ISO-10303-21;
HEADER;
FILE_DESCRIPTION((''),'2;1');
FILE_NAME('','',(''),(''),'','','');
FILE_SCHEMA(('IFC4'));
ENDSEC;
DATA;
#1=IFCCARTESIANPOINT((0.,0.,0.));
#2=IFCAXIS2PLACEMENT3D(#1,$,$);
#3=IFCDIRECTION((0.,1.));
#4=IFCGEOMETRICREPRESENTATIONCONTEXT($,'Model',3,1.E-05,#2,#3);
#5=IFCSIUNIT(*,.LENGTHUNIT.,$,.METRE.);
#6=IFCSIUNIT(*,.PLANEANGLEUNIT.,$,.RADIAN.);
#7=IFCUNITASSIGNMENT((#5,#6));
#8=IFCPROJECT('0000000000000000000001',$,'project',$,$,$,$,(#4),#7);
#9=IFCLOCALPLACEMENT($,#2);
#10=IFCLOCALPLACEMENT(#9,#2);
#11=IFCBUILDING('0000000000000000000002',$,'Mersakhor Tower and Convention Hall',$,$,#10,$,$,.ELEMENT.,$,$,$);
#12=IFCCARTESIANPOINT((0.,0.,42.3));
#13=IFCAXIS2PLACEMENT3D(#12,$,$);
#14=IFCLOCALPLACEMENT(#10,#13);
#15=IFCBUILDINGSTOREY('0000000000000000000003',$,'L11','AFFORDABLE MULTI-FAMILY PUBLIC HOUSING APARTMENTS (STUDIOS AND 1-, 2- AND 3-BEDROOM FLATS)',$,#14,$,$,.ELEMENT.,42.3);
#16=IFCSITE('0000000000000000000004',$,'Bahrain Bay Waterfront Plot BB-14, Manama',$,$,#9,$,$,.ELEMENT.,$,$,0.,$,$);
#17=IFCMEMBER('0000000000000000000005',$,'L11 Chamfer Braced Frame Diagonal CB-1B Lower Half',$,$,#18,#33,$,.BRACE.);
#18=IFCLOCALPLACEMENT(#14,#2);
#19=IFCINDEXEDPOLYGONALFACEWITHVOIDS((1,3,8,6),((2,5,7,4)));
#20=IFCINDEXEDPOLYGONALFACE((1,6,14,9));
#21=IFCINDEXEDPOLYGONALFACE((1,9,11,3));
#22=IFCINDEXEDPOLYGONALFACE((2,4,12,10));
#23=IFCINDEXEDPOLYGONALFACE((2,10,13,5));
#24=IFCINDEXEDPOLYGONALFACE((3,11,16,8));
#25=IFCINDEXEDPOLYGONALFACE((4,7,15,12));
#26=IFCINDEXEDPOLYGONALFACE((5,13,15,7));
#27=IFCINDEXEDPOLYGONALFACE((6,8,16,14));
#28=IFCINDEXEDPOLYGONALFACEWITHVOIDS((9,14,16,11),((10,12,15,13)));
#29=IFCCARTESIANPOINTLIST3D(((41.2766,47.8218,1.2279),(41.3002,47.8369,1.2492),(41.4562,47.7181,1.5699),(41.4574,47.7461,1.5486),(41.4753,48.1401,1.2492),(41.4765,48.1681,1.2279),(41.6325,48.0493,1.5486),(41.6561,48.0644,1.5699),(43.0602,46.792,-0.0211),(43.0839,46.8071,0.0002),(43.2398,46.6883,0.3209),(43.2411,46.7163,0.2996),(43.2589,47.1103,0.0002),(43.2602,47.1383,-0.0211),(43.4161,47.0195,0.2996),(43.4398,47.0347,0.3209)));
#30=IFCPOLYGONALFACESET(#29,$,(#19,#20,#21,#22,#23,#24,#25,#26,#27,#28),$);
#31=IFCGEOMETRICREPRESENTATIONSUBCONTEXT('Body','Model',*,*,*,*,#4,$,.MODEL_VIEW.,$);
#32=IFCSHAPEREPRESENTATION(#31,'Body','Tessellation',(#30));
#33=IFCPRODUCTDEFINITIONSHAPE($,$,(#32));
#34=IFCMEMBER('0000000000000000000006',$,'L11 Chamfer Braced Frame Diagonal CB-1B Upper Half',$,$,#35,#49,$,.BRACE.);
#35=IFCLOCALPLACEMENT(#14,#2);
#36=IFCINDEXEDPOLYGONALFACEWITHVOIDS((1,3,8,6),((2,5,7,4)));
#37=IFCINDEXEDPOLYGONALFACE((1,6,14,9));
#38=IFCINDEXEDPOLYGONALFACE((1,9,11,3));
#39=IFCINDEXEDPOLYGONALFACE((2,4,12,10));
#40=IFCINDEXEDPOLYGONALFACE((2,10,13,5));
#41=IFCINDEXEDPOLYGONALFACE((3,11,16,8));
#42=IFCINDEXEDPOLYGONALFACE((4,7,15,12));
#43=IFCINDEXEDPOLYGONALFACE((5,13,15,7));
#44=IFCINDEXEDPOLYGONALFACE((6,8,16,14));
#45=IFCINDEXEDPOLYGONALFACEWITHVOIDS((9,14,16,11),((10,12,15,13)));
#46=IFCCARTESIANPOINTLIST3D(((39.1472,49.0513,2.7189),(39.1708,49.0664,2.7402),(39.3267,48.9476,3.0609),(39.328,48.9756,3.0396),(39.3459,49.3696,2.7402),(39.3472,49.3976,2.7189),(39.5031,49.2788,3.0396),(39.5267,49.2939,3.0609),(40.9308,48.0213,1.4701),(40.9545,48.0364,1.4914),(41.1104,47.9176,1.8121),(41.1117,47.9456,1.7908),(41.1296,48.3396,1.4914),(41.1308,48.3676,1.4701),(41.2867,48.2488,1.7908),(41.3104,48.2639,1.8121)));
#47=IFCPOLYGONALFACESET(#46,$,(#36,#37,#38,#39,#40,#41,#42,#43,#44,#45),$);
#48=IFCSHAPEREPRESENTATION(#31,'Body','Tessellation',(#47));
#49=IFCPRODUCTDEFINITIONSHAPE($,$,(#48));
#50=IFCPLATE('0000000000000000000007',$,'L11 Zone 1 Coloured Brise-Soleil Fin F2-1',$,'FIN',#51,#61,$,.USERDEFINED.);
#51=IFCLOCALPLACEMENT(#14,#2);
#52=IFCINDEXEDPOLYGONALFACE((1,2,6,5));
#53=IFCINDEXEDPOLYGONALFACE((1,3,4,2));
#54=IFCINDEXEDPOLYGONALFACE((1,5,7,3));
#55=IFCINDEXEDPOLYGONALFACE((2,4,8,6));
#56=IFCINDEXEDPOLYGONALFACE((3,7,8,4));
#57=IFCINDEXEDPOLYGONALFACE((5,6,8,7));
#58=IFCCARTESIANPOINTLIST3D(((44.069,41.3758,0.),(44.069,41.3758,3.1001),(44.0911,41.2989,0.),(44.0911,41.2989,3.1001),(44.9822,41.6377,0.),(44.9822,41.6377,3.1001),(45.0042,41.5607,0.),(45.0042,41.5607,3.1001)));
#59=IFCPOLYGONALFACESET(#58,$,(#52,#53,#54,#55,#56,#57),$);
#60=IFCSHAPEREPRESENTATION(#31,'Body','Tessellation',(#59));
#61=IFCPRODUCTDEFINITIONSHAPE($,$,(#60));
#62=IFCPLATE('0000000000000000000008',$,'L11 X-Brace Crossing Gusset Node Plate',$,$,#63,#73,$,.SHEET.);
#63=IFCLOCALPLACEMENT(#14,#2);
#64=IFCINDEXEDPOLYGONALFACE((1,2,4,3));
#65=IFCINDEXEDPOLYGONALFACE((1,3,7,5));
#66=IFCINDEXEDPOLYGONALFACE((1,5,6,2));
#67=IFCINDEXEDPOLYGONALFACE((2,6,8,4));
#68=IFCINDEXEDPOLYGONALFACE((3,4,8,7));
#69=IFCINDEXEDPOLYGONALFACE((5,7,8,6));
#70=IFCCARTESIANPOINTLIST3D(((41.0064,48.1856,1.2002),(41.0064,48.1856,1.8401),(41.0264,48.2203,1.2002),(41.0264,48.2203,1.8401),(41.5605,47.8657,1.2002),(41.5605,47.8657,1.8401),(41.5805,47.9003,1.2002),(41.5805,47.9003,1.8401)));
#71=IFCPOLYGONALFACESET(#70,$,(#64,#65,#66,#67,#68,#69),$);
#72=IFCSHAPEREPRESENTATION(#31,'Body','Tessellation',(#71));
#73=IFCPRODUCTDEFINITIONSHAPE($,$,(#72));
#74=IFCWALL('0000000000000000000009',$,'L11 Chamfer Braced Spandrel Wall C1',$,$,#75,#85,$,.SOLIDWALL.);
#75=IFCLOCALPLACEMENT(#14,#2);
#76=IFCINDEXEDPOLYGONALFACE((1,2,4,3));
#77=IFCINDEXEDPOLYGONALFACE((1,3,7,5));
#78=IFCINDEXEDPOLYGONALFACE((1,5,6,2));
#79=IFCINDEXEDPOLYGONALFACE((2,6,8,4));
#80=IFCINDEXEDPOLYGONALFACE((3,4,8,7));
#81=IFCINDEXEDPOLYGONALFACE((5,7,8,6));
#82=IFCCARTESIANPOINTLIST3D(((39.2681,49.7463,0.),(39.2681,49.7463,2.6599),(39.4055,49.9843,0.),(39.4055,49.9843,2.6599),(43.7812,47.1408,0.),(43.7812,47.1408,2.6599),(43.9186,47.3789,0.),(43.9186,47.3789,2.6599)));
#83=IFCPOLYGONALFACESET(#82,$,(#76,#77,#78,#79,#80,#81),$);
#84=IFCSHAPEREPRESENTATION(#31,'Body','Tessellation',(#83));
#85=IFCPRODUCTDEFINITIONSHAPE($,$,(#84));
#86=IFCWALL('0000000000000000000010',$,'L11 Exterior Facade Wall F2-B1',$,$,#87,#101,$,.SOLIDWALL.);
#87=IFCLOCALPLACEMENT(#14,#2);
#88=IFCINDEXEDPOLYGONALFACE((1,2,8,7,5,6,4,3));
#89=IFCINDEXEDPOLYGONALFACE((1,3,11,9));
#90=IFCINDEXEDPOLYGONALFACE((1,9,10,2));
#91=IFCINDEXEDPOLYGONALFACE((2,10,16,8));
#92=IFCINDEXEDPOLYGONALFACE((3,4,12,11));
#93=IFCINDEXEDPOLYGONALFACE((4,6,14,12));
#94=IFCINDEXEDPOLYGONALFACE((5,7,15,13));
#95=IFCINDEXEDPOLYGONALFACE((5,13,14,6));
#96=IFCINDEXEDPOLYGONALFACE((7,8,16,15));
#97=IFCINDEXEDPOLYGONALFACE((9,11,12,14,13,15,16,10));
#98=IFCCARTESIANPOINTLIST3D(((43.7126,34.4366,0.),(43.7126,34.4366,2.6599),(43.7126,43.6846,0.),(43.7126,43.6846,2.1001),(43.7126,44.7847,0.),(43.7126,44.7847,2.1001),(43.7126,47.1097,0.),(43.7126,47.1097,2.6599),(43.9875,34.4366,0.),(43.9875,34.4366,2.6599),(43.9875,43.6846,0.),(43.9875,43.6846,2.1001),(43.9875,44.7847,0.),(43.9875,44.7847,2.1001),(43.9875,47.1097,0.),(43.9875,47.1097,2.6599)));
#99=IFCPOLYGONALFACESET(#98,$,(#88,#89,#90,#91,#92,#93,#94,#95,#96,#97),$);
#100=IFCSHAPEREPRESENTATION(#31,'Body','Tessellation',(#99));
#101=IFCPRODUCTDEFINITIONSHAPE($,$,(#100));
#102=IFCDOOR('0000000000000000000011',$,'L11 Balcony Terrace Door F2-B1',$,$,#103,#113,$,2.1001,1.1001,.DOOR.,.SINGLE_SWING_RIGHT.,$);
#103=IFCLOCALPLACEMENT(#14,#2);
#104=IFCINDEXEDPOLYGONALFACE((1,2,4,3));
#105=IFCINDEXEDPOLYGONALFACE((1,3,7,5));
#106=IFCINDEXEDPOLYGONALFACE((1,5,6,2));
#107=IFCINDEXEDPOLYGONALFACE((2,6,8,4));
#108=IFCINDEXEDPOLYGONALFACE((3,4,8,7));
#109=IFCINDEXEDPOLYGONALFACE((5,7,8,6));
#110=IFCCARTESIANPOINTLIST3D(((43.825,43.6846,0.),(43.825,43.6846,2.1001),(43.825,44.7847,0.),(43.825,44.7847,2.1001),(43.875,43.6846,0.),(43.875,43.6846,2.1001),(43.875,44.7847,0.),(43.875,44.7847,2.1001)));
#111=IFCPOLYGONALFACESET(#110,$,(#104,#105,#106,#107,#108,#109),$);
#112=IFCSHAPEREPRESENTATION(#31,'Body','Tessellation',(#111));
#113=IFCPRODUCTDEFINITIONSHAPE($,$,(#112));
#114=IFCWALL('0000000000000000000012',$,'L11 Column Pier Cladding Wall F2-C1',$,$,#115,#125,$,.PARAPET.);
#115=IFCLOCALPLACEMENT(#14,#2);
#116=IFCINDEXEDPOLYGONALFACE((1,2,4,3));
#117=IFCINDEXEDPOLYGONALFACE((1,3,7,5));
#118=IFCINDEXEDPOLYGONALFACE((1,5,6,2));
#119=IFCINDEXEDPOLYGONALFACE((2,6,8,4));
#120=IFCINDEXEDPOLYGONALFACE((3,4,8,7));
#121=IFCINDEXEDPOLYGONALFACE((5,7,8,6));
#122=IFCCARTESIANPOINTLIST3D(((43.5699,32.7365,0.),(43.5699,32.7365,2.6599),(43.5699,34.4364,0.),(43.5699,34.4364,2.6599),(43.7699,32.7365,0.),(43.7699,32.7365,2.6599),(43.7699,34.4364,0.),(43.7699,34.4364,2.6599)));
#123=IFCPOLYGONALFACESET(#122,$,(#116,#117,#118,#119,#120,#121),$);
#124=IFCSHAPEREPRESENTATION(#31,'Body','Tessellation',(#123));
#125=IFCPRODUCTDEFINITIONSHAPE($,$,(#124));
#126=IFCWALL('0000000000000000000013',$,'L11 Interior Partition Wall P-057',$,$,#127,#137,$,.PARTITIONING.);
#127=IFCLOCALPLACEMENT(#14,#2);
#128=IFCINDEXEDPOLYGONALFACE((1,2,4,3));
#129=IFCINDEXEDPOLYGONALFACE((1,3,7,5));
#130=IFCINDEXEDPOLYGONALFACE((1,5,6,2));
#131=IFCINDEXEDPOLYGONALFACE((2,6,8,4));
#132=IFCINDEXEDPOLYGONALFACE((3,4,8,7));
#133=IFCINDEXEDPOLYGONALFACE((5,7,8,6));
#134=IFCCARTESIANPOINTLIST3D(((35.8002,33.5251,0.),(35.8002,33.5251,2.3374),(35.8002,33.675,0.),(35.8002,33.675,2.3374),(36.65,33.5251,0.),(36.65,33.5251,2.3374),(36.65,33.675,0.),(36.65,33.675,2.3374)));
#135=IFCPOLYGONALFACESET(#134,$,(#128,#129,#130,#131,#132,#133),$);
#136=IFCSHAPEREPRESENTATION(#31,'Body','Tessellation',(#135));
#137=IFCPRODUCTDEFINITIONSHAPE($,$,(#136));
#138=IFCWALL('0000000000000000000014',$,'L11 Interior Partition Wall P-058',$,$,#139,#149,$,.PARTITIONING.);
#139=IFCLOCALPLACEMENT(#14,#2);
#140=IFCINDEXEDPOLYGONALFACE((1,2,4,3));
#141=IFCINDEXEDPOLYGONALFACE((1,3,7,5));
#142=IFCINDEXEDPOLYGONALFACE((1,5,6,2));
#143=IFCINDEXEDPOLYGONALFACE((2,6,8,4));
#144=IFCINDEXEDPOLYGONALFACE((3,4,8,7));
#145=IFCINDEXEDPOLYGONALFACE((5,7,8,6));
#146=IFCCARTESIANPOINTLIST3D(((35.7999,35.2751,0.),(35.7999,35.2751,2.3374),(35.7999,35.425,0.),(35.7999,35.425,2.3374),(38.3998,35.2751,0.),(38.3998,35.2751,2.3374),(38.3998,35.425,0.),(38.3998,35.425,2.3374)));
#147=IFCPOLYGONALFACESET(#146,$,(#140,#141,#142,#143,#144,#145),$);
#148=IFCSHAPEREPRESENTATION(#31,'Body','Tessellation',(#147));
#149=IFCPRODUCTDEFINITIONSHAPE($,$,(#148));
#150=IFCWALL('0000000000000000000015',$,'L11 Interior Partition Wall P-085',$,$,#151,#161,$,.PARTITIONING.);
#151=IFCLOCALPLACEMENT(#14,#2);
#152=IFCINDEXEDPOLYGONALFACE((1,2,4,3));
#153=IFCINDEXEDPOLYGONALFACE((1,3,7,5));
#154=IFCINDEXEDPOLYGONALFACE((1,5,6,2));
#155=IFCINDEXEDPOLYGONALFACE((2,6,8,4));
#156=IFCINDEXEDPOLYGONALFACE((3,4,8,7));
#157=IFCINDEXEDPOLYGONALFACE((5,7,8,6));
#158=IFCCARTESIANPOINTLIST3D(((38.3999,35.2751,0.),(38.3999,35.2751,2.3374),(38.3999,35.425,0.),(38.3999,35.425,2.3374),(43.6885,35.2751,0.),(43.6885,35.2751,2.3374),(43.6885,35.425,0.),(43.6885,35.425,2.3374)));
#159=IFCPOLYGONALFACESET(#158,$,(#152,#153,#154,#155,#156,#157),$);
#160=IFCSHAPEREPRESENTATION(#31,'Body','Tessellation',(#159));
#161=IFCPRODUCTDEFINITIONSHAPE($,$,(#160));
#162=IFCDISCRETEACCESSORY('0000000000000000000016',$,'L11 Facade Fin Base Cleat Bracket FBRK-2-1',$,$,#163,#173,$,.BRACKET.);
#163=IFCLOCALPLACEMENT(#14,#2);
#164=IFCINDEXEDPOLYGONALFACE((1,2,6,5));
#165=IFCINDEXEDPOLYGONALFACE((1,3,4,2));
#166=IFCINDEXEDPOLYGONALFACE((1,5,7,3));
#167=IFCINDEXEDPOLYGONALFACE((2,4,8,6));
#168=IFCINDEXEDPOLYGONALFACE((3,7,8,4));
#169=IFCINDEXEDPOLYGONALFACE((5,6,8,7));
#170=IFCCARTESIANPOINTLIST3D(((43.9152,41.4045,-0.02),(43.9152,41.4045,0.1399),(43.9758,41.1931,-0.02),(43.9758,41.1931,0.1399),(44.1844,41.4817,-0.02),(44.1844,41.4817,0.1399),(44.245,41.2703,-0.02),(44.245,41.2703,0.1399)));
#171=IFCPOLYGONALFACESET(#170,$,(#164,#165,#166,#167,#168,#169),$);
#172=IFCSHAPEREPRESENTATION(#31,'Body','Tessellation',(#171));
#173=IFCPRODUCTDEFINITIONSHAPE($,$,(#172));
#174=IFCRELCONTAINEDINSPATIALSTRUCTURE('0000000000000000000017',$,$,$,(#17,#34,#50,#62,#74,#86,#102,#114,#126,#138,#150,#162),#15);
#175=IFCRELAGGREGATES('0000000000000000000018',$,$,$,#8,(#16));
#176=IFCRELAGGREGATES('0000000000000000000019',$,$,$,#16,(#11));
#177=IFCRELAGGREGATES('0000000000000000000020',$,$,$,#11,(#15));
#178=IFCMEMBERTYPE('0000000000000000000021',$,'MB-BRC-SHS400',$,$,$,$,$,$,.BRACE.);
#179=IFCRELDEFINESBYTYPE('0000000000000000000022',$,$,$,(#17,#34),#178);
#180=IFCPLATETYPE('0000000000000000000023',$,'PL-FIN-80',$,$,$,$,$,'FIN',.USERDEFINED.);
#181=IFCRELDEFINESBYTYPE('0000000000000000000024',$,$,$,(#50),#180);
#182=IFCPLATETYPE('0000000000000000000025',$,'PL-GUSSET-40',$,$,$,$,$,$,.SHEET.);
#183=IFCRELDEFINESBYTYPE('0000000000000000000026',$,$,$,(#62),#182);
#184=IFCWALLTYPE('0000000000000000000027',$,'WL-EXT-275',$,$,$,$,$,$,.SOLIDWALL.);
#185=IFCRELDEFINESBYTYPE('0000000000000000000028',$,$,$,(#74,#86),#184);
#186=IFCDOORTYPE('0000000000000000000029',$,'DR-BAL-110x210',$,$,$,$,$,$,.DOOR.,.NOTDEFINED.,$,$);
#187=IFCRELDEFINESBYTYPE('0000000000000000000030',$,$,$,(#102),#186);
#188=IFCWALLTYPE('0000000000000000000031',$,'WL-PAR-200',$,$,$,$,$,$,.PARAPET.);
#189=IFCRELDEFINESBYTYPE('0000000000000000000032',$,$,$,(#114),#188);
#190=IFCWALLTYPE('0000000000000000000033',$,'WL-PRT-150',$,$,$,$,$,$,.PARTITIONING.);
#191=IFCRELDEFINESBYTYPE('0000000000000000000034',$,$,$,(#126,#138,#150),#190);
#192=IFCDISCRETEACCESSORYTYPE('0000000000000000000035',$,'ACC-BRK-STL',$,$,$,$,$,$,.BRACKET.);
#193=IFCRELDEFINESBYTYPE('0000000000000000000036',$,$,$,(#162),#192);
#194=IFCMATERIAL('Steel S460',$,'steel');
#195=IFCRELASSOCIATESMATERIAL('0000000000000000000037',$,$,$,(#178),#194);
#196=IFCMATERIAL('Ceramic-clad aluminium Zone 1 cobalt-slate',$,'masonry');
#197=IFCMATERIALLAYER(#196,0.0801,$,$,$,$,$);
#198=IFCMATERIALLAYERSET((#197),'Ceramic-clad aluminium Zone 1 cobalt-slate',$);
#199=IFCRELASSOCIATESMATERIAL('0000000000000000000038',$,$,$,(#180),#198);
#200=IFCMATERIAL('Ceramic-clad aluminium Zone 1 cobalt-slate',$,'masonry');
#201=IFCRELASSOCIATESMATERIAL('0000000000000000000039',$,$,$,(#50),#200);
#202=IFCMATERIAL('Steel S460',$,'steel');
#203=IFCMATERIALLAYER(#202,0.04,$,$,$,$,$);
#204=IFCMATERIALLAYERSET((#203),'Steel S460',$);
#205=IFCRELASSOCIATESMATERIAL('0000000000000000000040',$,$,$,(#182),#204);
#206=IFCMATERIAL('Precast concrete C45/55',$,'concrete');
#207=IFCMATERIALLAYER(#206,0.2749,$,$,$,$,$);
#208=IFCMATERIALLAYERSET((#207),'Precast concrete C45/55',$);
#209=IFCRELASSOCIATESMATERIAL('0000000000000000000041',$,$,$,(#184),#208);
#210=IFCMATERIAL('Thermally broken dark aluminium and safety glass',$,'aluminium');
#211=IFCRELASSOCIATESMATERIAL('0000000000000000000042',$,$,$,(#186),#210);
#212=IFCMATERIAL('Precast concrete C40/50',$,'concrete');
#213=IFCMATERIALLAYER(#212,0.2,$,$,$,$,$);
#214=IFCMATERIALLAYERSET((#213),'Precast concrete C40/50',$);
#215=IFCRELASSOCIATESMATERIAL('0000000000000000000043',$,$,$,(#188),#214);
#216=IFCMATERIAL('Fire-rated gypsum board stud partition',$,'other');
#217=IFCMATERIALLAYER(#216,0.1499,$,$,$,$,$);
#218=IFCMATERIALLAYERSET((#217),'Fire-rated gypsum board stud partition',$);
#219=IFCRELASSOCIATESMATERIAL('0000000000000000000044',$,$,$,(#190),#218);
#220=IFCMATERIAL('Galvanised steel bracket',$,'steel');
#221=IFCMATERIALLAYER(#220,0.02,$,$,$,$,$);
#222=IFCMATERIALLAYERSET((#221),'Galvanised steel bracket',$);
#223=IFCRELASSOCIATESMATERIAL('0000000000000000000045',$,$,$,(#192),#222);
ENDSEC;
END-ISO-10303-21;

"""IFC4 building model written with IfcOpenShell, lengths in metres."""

from ifc_helpers import new_model, si_unit, direction, frame, frame_2d, origin, origin_2d, place, context, subcontext, project, spatial, rectangle, hollow_rectangle, extrude, material, layer, layer_set, material_profile, profile_set, type_object, element, fill, save


model = new_model("IFC4")

# Units and contexts
model_context = context("Model", 3, precision=1e-05, world=origin(), true_north=direction((0.0, 1.0)))
body_context = subcontext(model_context, "Body", "Model", "MODEL_VIEW")
ifc_project = project(units=[si_unit("LENGTHUNIT", "METRE"), si_unit("PLANEANGLEUNIT", "RADIAN")], contexts=[model_context])

# Site, building, storey
site_placement = place(None, origin())
site = spatial("IfcSite", under=ifc_project, at=site_placement, Name="Bahrain Bay Waterfront Plot BB-14, Manama", CompositionType="ELEMENT", RefElevation=0.0)
building_placement = place(site_placement, origin())
building = spatial("IfcBuilding", under=site, at=building_placement, Name="Mersakhor Tower and Convention Hall", CompositionType="ELEMENT")
storey_placement = place(building_placement, frame((0.0, 0.0, 42.3)))
storey = spatial("IfcBuildingStorey", under=building, at=storey_placement, Name="L11", Description="AFFORDABLE MULTI-FAMILY PUBLIC HOUSING APARTMENTS (STUDIOS AND 1-, 2- AND 3-BEDROOM FLATS)", CompositionType="ELEMENT", Elevation=42.3)

# Members
ifc_material_1 = material(Name="Steel S460", Category="steel")
ifc_material_profile_1 = material_profile(ifc_material_1, hollow_rectangle(XDim=0.3999, YDim=0.3999, WallThickness=0.0249, at=origin_2d()), Name="SHS 400x400x25")
ifc_profile_set_1 = profile_set([ifc_material_profile_1], Name="Steel S460")
member_type = type_object("IfcMemberType", Name="MB-BRC-SHS400", PredefinedType="BRACE", material=ifc_profile_set_1)
for number, where, z_axis, x_axis, name in (
    (1, (43.25, 46.9133, 0.1499), (-0.740505, 0.427519, 0.518536), (-0.499989, -0.866032, 0.0), "L11 Chamfer Braced Frame Diagonal CB-1B Lower Half"),
    (2, (41.1206, 48.1426, 1.6411), (-0.740512, 0.427624, 0.51844), (-0.500078, -0.86598, 0.0), "L11 Chamfer Braced Frame Diagonal CB-1B Upper Half"),
):
    element("IfcMember", number, at=place(storey_placement, frame(where, z_axis=z_axis, x_axis=x_axis)), inside=storey, type_object=member_type, Name=name, PredefinedType="BRACE", context=body_context, shape_type="SweptSolid", body=[
        extrude(hollow_rectangle(XDim=0.3999, YDim=0.3999, WallThickness=0.0249, at=origin_2d()), origin(), (0.0, 0.0, 1.0), 2.4087),
    ])

# Plates
ifc_material_2 = material(Name="Ceramic-clad aluminium Zone 1 cobalt-slate", Category="masonry")
ifc_material_3 = material(Name="Ceramic-clad aluminium Zone 1 cobalt-slate", Category="masonry")
ifc_layer_1 = layer(ifc_material_3, 0.0801)
ifc_layer_set_1 = layer_set([ifc_layer_1], Name="Ceramic-clad aluminium Zone 1 cobalt-slate")
plate_type_1 = type_object("IfcPlateType", Name="PL-FIN-80", ElementType="FIN", PredefinedType="USERDEFINED", material=ifc_layer_set_1)
plate_1_placement = place(storey_placement, frame((44.5366, 41.4683, 0.0), z_axis=(0.0, 0.0, 1.0), x_axis=(0.961262, 0.275637, 0.0)))
element("IfcPlate", 3, at=plate_1_placement, inside=storey, type_object=plate_type_1, material=ifc_material_2, Name="L11 Zone 1 Coloured Brise-Soleil Fin F2-1", ObjectType="FIN", PredefinedType="USERDEFINED", context=body_context, shape_type="SweptSolid", body=[
    extrude(rectangle(XDim=0.95, YDim=0.0801, at=origin_2d()), origin(), (0.0, 0.0, 1.0), 3.1001),
])
ifc_material_4 = material(Name="Steel S460", Category="steel")
ifc_layer_2 = layer(ifc_material_4, 0.04)
ifc_layer_set_2 = layer_set([ifc_layer_2], Name="Steel S460")
plate_type_2 = type_object("IfcPlateType", Name="PL-GUSSET-40", PredefinedType="SHEET", material=ifc_layer_set_2)
plate_2_placement = place(storey_placement, frame((41.2935, 48.043, 1.2002), z_axis=(0.0, 0.0, 1.0), x_axis=(-0.866025, 0.5, 0.0)))
element("IfcPlate", 4, at=plate_2_placement, inside=storey, type_object=plate_type_2, Name="L11 X-Brace Crossing Gusset Node Plate", PredefinedType="SHEET", context=body_context, shape_type="SweptSolid", body=[
    extrude(rectangle(XDim=0.6399, YDim=0.04, at=origin_2d()), origin(), (0.0, 0.0, 1.0), 0.6399),
])

# Wall
ifc_material_5 = material(Name="Precast concrete C45/55", Category="concrete")
ifc_layer_3 = layer(ifc_material_5, 0.2749)
ifc_layer_set_3 = layer_set([ifc_layer_3], Name="Precast concrete C45/55")
wall_type_1 = type_object("IfcWallType", Name="WL-EXT-275", PredefinedType="SOLIDWALL", material=ifc_layer_set_3)
wall_1_placement = place(storey_placement, frame((39.3369, 49.8652, 0.0), z_axis=(0.0, 0.0, 1.0), x_axis=(0.866044, -0.499968, 0.0)))
element("IfcWall", 5, at=wall_1_placement, inside=storey, type_object=wall_type_1, Name="L11 Chamfer Braced Spandrel Wall C1", PredefinedType="SOLIDWALL", context=body_context, shape_type="SweptSolid", body=[
    extrude(rectangle(XDim=5.2112, YDim=0.2749, at=frame_2d((2.6055, 0.0))), origin(), (0.0, 0.0, 1.0), 2.6599),
])

# Wall, opening, door
wall_2_placement = place(storey_placement, frame((43.8501, 47.1096, 0.0), z_axis=(0.0, 0.0, 1.0), x_axis=(0.0, -1.0, 0.0)))
wall_2 = element("IfcWall", 6, at=wall_2_placement, inside=storey, type_object=wall_type_1, Name="L11 Exterior Facade Wall F2-B1", PredefinedType="SOLIDWALL", context=body_context, shape_type="SweptSolid", body=[
    extrude(rectangle(XDim=12.6731, YDim=0.2749, at=frame_2d((6.3364, 0.0))), origin(), (0.0, 0.0, 1.0), 2.6599),
])
opening_1_placement = place(wall_2_placement, frame((2.325, 0.0, 0.0)))
opening_1 = element("IfcOpeningElement", 7, at=opening_1_placement, cuts=wall_2, PredefinedType="OPENING", context=body_context, shape_type="SweptSolid", body=[
    extrude(rectangle(XDim=1.1001, YDim=2.1001, at=frame_2d((0.55, 1.05))), frame((0.0, 0.1475, 0.0), z_axis=(0.0, -1.0, 0.0), x_axis=(1.0, 0.0, 0.0)), (0.0, 0.0, 1.0), 0.2949),
])
ifc_material_6 = material(Name="Thermally broken dark aluminium and safety glass", Category="aluminium")
door_type_1 = type_object("IfcDoorType", Name="DR-BAL-110x210", OperationType="NOTDEFINED", PredefinedType="DOOR", material=ifc_material_6)
door_1_placement = place(opening_1_placement, origin())
door_1 = element("IfcDoor", 8, at=door_1_placement, inside=storey, type_object=door_type_1, Name="L11 Balcony Terrace Door F2-B1", OperationType="SINGLE_SWING_RIGHT", OverallHeight=2.1001, OverallWidth=1.1001, PredefinedType="DOOR", context=body_context, shape_type="SweptSolid", body=[
    extrude(rectangle(XDim=1.1001, YDim=2.1001, at=frame_2d((0.55, 1.05))), frame((0.0, 0.0249, 0.0), z_axis=(0.0, -1.0, 0.0), x_axis=(1.0, 0.0, 0.0)), (0.0, 0.0, 1.0), 0.05),
])
fill(opening_1, door_1)

# Walls
ifc_material_7 = material(Name="Precast concrete C40/50", Category="concrete")
ifc_layer_4 = layer(ifc_material_7, 0.2)
ifc_layer_set_4 = layer_set([ifc_layer_4], Name="Precast concrete C40/50")
wall_type_2 = type_object("IfcWallType", Name="WL-PAR-200", PredefinedType="PARAPET", material=ifc_layer_set_4)
wall_3_placement = place(storey_placement, frame((43.6699, 34.4365, 0.0), z_axis=(0.0, 0.0, 1.0), x_axis=(0.0, -1.0, 0.0)))
element("IfcWall", 9, at=wall_3_placement, inside=storey, type_object=wall_type_2, Name="L11 Column Pier Cladding Wall F2-C1", PredefinedType="PARAPET", context=body_context, shape_type="SweptSolid", body=[
    extrude(rectangle(XDim=1.7, YDim=0.2, at=frame_2d((0.8501, 0.0))), origin(), (0.0, 0.0, 1.0), 2.6599),
])
ifc_material_8 = material(Name="Fire-rated gypsum board stud partition", Category="other")
ifc_layer_5 = layer(ifc_material_8, 0.1499)
ifc_layer_set_5 = layer_set([ifc_layer_5], Name="Fire-rated gypsum board stud partition")
wall_type_3 = type_object("IfcWallType", Name="WL-PRT-150", PredefinedType="PARTITIONING", material=ifc_layer_set_5)
wall_4_placement = place(storey_placement, frame((36.6499, 33.6001, 0.0), z_axis=(0.0, 0.0, 1.0), x_axis=(-1.0, 0.0, 0.0)))
element("IfcWall", 10, at=wall_4_placement, inside=storey, type_object=wall_type_3, Name="L11 Interior Partition Wall P-057", PredefinedType="PARTITIONING", context=body_context, shape_type="SweptSolid", body=[
    extrude(rectangle(XDim=0.8499, YDim=0.1499, at=frame_2d((0.4248, 0.0))), origin(), (0.0, 0.0, 1.0), 2.3374),
])
wall_5_placement = place(storey_placement, frame((35.8, 35.3501, 0.0), z_axis=(0.0, 0.0, 1.0), x_axis=(1.0, 0.0, 0.0)))
element("IfcWall", 11, at=wall_5_placement, inside=storey, type_object=wall_type_3, Name="L11 Interior Partition Wall P-058", PredefinedType="PARTITIONING", context=body_context, shape_type="SweptSolid", body=[
    extrude(rectangle(XDim=2.5999, YDim=0.1499, at=frame_2d((1.2998, 0.0))), origin(), (0.0, 0.0, 1.0), 2.3374),
])

# Wall
wall_6_placement = place(storey_placement, frame((43.6885, 35.3501, 0.0), z_axis=(0.0, 0.0, 1.0), x_axis=(-1.0, 0.0, 0.0)))
element("IfcWall", 12, at=wall_6_placement, inside=storey, type_object=wall_type_3, Name="L11 Interior Partition Wall P-085", PredefinedType="PARTITIONING", context=body_context, shape_type="SweptSolid", body=[
    extrude(rectangle(XDim=5.2886, YDim=0.1499, at=frame_2d((2.6443, 0.0))), origin(), (0.0, 0.0, 1.0), 2.3374),
])

# Discrete accessory
ifc_material_9 = material(Name="Galvanised steel bracket", Category="steel")
ifc_layer_6 = layer(ifc_material_9, 0.02)
ifc_layer_set_6 = layer_set([ifc_layer_6], Name="Galvanised steel bracket")
discrete_accessory_type = type_object("IfcDiscreteAccessoryType", Name="ACC-BRK-STL", PredefinedType="BRACKET", material=ifc_layer_set_6)
discrete_accessory_placement = place(storey_placement, frame((44.0801, 41.3374, -0.02), z_axis=(0.0, 0.0, 1.0), x_axis=(0.961262, 0.275637, 0.0)))
element("IfcDiscreteAccessory", 13, at=discrete_accessory_placement, inside=storey, type_object=discrete_accessory_type, Name="L11 Facade Fin Base Cleat Bracket FBRK-2-1", PredefinedType="BRACKET", context=body_context, shape_type="SweptSolid", body=[
    extrude(rectangle(XDim=0.28, YDim=0.22, at=origin_2d()), origin(), (0.0, 0.0, 1.0), 0.1599),
])

save(model, "model.ifc")
